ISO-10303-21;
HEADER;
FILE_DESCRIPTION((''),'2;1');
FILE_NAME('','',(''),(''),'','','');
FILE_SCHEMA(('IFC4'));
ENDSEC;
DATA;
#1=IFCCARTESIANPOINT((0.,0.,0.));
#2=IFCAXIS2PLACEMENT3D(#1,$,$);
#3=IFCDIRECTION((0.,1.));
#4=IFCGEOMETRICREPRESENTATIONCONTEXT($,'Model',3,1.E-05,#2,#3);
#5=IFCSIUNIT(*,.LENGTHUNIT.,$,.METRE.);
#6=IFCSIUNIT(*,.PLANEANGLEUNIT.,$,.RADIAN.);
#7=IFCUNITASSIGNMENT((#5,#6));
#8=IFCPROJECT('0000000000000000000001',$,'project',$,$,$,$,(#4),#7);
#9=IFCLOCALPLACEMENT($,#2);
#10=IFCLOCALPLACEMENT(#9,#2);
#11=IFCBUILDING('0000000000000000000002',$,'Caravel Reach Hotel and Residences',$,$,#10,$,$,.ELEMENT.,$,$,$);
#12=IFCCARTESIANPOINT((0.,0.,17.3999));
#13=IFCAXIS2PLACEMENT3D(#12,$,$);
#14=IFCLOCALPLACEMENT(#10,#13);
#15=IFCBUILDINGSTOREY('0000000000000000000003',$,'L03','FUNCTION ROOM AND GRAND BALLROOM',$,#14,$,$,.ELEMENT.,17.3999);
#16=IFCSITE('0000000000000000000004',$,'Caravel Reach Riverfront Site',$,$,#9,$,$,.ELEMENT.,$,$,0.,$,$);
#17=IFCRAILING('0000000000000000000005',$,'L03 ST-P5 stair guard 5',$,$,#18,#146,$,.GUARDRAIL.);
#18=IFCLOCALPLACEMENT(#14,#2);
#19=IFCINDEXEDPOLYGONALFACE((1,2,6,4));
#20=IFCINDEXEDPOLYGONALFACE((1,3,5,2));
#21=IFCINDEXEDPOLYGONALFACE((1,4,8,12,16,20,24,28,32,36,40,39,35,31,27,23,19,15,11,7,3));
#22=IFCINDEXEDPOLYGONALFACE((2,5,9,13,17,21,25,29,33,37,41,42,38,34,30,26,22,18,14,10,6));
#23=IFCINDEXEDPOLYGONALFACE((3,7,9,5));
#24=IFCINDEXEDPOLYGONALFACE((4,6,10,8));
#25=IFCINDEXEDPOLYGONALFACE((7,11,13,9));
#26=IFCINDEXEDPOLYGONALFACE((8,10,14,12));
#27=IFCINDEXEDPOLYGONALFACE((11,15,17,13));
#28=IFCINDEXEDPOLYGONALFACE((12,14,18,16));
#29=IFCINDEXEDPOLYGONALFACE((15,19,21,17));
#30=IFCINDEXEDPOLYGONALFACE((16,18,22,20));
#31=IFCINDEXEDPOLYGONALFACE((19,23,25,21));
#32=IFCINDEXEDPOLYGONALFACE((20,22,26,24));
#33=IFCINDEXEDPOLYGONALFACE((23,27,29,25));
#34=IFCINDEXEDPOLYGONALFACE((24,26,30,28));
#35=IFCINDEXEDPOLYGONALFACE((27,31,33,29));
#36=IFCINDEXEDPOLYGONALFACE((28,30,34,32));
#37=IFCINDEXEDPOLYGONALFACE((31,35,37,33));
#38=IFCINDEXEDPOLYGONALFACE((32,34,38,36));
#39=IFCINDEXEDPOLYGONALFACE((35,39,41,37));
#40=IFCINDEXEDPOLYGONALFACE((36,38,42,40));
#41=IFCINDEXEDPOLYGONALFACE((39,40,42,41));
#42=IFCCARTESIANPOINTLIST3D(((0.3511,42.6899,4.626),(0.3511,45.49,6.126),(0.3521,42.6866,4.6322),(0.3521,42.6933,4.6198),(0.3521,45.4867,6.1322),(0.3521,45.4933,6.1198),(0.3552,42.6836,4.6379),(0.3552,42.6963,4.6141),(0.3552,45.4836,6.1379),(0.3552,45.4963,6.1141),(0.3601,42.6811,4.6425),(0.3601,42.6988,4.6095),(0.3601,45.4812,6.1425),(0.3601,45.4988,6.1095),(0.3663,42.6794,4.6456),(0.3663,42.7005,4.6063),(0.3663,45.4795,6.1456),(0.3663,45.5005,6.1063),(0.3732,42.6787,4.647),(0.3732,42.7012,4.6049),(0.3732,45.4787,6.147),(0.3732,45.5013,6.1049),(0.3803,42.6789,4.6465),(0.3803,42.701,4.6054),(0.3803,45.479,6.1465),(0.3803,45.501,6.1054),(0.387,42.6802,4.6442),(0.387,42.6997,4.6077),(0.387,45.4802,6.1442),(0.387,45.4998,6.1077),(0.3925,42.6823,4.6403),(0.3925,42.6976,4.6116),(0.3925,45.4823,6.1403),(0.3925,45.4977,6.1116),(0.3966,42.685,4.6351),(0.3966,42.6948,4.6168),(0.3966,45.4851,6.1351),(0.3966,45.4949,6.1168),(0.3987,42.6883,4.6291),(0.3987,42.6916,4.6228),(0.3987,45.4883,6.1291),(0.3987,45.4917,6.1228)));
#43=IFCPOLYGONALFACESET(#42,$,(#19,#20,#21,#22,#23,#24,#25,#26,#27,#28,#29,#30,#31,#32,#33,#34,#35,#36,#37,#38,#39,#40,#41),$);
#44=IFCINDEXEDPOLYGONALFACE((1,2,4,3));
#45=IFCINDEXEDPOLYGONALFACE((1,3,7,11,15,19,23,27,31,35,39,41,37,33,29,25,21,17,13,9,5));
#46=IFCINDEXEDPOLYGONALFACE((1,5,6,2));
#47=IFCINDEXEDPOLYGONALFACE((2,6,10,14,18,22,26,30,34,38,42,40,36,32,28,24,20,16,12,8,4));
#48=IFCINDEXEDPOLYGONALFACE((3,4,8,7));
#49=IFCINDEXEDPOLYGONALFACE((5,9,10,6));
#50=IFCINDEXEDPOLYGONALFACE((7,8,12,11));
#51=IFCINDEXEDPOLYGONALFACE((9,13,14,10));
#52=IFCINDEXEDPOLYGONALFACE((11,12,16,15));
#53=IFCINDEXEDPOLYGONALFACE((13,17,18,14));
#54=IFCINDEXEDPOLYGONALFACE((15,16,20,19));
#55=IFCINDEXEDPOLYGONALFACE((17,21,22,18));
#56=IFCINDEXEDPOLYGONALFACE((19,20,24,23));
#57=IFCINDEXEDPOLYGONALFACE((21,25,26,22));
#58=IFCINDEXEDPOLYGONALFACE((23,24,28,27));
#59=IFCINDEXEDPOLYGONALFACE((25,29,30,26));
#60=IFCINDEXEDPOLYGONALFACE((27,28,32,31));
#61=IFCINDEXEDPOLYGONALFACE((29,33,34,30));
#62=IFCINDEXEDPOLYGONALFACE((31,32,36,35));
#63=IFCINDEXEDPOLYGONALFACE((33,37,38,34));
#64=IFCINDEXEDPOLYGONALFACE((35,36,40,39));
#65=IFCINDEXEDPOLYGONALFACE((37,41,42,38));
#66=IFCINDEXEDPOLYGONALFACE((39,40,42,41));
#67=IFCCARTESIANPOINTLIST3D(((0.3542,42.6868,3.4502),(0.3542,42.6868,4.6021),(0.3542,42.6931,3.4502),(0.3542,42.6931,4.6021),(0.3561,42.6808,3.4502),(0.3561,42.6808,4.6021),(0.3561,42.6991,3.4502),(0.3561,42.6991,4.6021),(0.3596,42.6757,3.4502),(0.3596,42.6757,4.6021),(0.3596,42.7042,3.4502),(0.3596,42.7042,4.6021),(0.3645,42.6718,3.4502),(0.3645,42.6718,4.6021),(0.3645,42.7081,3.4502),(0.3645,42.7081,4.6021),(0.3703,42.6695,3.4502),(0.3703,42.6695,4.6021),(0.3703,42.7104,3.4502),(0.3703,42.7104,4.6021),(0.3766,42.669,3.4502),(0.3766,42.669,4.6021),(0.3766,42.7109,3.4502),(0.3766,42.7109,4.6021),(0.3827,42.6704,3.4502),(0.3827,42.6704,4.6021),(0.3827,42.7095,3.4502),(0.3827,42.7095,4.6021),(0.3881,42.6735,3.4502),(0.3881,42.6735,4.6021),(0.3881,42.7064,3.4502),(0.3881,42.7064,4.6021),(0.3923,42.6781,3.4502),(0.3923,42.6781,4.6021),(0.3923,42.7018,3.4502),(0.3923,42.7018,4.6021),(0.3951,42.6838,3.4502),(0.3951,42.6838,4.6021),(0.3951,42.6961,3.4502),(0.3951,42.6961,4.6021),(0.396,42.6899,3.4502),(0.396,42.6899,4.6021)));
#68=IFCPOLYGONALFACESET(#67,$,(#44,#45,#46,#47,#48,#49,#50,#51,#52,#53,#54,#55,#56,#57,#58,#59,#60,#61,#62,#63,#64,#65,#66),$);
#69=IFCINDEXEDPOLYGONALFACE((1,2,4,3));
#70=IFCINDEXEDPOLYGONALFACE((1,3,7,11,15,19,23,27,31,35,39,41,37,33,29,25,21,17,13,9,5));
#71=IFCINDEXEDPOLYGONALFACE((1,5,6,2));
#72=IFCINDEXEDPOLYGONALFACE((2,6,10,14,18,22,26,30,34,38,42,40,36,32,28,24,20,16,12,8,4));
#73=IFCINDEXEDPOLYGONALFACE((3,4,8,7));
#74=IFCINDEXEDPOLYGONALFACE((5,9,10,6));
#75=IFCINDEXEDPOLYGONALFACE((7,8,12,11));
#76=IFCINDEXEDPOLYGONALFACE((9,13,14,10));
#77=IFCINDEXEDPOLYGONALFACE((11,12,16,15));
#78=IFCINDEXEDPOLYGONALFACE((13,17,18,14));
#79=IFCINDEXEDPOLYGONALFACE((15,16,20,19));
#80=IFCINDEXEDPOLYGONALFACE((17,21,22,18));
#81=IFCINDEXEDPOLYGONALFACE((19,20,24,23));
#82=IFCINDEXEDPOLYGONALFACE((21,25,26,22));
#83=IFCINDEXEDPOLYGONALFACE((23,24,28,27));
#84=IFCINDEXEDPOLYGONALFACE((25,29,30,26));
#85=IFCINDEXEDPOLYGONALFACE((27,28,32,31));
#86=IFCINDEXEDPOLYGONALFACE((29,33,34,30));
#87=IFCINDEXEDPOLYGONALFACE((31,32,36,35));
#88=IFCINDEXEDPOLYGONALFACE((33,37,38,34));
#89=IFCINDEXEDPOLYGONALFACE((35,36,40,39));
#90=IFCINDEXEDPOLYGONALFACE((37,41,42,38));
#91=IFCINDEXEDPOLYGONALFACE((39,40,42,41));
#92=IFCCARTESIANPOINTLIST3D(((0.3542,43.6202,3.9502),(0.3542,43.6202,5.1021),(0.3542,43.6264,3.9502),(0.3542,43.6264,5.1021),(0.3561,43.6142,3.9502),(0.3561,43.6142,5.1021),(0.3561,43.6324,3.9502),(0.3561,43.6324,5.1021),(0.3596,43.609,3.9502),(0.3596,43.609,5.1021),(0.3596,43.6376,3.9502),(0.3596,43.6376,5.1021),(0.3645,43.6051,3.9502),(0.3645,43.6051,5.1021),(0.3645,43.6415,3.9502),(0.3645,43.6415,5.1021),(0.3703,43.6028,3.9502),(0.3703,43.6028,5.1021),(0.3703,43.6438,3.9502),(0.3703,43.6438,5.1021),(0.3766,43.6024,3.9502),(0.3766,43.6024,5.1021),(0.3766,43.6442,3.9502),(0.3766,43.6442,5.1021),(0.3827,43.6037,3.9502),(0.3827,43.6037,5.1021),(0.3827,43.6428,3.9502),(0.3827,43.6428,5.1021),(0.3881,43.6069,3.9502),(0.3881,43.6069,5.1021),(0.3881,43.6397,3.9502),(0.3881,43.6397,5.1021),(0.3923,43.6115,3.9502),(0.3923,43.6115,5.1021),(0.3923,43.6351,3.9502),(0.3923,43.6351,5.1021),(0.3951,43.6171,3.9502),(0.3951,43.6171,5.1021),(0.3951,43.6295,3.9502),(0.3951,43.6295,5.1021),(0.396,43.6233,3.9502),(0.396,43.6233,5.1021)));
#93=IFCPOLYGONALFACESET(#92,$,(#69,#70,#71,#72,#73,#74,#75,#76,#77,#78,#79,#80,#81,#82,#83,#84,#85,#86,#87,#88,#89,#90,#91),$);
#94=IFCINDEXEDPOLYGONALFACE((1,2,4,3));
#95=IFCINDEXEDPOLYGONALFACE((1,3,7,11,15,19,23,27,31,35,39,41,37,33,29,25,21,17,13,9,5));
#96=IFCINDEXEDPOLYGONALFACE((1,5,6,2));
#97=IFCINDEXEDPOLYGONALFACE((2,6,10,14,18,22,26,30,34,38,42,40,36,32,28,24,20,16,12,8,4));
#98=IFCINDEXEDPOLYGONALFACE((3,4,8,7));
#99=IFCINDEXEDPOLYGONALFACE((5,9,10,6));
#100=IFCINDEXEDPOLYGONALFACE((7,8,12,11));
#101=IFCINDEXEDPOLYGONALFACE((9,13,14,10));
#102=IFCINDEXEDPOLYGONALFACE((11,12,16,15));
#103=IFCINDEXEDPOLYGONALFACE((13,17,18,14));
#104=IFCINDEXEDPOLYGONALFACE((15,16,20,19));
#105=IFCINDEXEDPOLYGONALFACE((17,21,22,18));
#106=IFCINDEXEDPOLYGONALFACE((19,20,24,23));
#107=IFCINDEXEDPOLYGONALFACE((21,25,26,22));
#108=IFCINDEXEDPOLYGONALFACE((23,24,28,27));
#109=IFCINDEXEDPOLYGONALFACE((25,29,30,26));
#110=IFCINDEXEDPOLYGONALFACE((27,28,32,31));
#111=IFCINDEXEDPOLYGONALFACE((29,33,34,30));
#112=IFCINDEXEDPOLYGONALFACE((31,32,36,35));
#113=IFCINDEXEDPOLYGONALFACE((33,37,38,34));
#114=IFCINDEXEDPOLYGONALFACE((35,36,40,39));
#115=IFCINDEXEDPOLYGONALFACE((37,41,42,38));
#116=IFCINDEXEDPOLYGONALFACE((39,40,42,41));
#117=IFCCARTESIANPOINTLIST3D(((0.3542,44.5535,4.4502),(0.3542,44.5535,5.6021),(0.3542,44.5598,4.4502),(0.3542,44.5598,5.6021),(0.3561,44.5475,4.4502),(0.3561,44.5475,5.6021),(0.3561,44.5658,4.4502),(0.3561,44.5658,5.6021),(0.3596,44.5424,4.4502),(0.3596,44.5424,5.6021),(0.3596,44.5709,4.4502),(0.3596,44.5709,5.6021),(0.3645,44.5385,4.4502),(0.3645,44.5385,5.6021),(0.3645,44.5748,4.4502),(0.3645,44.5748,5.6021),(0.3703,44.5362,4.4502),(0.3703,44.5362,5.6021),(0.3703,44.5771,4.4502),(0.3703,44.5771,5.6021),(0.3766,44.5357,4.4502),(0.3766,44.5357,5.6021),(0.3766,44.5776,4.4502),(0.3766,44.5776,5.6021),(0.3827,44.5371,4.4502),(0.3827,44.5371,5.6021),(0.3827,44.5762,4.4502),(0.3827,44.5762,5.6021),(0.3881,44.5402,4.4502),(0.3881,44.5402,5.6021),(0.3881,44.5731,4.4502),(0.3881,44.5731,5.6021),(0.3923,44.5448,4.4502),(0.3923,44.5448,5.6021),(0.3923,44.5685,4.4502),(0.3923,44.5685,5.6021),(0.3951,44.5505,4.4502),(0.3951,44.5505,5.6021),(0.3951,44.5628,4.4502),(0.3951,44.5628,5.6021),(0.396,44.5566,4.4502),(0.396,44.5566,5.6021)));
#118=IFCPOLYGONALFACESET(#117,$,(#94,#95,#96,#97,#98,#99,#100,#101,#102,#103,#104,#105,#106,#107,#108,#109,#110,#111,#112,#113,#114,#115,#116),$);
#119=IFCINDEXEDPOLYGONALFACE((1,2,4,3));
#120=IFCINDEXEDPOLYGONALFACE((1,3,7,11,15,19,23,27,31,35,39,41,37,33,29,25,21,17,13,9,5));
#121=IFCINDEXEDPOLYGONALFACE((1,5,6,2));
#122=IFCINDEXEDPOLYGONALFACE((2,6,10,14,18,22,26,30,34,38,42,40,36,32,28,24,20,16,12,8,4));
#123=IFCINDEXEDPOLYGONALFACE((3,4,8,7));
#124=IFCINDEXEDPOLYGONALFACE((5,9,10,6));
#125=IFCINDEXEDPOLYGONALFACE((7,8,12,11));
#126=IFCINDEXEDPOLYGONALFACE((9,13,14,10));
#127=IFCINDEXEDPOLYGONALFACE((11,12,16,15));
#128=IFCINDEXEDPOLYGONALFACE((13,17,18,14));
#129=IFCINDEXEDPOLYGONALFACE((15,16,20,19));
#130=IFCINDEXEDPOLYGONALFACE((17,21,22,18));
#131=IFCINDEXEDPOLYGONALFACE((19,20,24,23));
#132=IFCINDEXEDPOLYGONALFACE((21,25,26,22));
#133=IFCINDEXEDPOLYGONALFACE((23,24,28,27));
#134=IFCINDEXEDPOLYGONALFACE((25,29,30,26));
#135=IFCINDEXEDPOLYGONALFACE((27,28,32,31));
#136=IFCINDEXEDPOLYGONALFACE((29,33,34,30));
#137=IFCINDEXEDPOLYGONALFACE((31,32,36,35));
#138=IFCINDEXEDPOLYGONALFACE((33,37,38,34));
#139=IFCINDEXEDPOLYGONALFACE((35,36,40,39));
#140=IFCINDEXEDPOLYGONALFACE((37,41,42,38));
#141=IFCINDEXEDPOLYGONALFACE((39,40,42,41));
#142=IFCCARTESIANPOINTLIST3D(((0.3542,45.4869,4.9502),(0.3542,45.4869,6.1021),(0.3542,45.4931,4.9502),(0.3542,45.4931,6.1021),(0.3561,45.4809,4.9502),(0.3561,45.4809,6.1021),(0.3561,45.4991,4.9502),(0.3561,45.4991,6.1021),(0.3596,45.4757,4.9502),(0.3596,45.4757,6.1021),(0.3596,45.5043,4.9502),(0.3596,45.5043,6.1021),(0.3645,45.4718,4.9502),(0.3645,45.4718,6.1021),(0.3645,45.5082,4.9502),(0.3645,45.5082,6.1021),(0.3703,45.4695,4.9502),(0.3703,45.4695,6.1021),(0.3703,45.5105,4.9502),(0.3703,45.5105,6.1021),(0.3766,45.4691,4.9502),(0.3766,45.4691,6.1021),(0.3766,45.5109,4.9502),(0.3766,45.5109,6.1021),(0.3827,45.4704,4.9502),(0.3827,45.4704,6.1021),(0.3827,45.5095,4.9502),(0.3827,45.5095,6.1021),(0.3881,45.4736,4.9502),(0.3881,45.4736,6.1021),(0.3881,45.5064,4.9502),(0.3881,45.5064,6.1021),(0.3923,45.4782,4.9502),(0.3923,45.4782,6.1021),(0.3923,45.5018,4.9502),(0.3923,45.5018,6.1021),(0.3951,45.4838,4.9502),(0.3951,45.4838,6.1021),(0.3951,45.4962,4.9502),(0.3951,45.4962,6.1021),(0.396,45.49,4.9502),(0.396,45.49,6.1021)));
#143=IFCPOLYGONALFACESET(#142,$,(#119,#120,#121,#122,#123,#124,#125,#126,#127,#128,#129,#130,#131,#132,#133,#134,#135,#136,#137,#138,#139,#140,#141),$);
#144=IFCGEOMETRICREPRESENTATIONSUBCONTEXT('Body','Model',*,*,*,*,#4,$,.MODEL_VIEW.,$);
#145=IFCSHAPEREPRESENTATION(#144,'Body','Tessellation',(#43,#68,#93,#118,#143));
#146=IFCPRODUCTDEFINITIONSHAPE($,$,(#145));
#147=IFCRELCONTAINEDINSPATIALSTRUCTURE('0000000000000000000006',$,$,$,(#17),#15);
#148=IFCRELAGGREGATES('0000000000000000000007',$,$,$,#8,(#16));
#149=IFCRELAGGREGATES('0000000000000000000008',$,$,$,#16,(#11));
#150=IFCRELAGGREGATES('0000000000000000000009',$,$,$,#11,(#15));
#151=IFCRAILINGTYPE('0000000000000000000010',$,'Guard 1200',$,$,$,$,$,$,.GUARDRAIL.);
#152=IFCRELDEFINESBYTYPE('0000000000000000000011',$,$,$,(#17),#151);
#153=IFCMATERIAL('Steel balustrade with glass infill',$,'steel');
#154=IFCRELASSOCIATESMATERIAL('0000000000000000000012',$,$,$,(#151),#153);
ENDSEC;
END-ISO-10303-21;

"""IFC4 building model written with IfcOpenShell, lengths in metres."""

from ifc_helpers import new_model, si_unit, direction, frame, origin, origin_2d, place, context, subcontext, project, spatial, circle, extrude, material, type_object, element, save


model = new_model("IFC4")

# Units and contexts
model_context = context("Model", 3, precision=1e-05, world=origin(), true_north=direction((0.0, 1.0)))
body_context = subcontext(model_context, "Body", "Model", "MODEL_VIEW")
ifc_project = project(units=[si_unit("LENGTHUNIT", "METRE"), si_unit("PLANEANGLEUNIT", "RADIAN")], contexts=[model_context])

# Site, building, storey
site_placement = place(None, origin())
site = spatial("IfcSite", under=ifc_project, at=site_placement, Name="Caravel Reach Riverfront Site", CompositionType="ELEMENT", RefElevation=0.0)
building_placement = place(site_placement, origin())
building = spatial("IfcBuilding", under=site, at=building_placement, Name="Caravel Reach Hotel and Residences", CompositionType="ELEMENT")
storey_placement = place(building_placement, frame((0.0, 0.0, 17.3999)))
storey = spatial("IfcBuildingStorey", under=building, at=storey_placement, Name="L03", Description="FUNCTION ROOM AND GRAND BALLROOM", CompositionType="ELEMENT", Elevation=17.3999)

# Railing
ifc_material_1 = material(Name="Steel balustrade with glass infill", Category="steel")
railing_type_1 = type_object("IfcRailingType", Name="Guard 1200", PredefinedType="GUARDRAIL", material=ifc_material_1)
railing_1_placement = place(storey_placement, frame((0.375, 42.6899, 3.4502)))
element("IfcRailing", 1, at=railing_1_placement, inside=storey, type_object=railing_type_1, Name="L03 ST-P5 stair guard 5", PredefinedType="GUARDRAIL", context=body_context, shape_type="SweptSolid", body=[
    extrude(circle(Radius=0.0239, at=origin_2d()), frame((0.0, 0.0, 1.1758), z_axis=(0.0, 0.881483, 0.472215), x_axis=(-1.0, 0.0, 0.0)), (0.0, 0.0, 1.0), 3.1765),
    extrude(circle(Radius=0.021, at=origin_2d()), origin(), (0.0, 0.0, 1.0), 1.1519),
    extrude(circle(Radius=0.021, at=origin_2d()), frame((0.0, 0.9333, 0.5)), (0.0, 0.0, 1.0), 1.1519),
    extrude(circle(Radius=0.021, at=origin_2d()), frame((0.0, 1.8667, 1.0)), (0.0, 0.0, 1.0), 1.1519),
    extrude(circle(Radius=0.021, at=origin_2d()), frame((0.0, 2.8, 1.5)), (0.0, 0.0, 1.0), 1.1519),
])

save(model, "model.ifc")
